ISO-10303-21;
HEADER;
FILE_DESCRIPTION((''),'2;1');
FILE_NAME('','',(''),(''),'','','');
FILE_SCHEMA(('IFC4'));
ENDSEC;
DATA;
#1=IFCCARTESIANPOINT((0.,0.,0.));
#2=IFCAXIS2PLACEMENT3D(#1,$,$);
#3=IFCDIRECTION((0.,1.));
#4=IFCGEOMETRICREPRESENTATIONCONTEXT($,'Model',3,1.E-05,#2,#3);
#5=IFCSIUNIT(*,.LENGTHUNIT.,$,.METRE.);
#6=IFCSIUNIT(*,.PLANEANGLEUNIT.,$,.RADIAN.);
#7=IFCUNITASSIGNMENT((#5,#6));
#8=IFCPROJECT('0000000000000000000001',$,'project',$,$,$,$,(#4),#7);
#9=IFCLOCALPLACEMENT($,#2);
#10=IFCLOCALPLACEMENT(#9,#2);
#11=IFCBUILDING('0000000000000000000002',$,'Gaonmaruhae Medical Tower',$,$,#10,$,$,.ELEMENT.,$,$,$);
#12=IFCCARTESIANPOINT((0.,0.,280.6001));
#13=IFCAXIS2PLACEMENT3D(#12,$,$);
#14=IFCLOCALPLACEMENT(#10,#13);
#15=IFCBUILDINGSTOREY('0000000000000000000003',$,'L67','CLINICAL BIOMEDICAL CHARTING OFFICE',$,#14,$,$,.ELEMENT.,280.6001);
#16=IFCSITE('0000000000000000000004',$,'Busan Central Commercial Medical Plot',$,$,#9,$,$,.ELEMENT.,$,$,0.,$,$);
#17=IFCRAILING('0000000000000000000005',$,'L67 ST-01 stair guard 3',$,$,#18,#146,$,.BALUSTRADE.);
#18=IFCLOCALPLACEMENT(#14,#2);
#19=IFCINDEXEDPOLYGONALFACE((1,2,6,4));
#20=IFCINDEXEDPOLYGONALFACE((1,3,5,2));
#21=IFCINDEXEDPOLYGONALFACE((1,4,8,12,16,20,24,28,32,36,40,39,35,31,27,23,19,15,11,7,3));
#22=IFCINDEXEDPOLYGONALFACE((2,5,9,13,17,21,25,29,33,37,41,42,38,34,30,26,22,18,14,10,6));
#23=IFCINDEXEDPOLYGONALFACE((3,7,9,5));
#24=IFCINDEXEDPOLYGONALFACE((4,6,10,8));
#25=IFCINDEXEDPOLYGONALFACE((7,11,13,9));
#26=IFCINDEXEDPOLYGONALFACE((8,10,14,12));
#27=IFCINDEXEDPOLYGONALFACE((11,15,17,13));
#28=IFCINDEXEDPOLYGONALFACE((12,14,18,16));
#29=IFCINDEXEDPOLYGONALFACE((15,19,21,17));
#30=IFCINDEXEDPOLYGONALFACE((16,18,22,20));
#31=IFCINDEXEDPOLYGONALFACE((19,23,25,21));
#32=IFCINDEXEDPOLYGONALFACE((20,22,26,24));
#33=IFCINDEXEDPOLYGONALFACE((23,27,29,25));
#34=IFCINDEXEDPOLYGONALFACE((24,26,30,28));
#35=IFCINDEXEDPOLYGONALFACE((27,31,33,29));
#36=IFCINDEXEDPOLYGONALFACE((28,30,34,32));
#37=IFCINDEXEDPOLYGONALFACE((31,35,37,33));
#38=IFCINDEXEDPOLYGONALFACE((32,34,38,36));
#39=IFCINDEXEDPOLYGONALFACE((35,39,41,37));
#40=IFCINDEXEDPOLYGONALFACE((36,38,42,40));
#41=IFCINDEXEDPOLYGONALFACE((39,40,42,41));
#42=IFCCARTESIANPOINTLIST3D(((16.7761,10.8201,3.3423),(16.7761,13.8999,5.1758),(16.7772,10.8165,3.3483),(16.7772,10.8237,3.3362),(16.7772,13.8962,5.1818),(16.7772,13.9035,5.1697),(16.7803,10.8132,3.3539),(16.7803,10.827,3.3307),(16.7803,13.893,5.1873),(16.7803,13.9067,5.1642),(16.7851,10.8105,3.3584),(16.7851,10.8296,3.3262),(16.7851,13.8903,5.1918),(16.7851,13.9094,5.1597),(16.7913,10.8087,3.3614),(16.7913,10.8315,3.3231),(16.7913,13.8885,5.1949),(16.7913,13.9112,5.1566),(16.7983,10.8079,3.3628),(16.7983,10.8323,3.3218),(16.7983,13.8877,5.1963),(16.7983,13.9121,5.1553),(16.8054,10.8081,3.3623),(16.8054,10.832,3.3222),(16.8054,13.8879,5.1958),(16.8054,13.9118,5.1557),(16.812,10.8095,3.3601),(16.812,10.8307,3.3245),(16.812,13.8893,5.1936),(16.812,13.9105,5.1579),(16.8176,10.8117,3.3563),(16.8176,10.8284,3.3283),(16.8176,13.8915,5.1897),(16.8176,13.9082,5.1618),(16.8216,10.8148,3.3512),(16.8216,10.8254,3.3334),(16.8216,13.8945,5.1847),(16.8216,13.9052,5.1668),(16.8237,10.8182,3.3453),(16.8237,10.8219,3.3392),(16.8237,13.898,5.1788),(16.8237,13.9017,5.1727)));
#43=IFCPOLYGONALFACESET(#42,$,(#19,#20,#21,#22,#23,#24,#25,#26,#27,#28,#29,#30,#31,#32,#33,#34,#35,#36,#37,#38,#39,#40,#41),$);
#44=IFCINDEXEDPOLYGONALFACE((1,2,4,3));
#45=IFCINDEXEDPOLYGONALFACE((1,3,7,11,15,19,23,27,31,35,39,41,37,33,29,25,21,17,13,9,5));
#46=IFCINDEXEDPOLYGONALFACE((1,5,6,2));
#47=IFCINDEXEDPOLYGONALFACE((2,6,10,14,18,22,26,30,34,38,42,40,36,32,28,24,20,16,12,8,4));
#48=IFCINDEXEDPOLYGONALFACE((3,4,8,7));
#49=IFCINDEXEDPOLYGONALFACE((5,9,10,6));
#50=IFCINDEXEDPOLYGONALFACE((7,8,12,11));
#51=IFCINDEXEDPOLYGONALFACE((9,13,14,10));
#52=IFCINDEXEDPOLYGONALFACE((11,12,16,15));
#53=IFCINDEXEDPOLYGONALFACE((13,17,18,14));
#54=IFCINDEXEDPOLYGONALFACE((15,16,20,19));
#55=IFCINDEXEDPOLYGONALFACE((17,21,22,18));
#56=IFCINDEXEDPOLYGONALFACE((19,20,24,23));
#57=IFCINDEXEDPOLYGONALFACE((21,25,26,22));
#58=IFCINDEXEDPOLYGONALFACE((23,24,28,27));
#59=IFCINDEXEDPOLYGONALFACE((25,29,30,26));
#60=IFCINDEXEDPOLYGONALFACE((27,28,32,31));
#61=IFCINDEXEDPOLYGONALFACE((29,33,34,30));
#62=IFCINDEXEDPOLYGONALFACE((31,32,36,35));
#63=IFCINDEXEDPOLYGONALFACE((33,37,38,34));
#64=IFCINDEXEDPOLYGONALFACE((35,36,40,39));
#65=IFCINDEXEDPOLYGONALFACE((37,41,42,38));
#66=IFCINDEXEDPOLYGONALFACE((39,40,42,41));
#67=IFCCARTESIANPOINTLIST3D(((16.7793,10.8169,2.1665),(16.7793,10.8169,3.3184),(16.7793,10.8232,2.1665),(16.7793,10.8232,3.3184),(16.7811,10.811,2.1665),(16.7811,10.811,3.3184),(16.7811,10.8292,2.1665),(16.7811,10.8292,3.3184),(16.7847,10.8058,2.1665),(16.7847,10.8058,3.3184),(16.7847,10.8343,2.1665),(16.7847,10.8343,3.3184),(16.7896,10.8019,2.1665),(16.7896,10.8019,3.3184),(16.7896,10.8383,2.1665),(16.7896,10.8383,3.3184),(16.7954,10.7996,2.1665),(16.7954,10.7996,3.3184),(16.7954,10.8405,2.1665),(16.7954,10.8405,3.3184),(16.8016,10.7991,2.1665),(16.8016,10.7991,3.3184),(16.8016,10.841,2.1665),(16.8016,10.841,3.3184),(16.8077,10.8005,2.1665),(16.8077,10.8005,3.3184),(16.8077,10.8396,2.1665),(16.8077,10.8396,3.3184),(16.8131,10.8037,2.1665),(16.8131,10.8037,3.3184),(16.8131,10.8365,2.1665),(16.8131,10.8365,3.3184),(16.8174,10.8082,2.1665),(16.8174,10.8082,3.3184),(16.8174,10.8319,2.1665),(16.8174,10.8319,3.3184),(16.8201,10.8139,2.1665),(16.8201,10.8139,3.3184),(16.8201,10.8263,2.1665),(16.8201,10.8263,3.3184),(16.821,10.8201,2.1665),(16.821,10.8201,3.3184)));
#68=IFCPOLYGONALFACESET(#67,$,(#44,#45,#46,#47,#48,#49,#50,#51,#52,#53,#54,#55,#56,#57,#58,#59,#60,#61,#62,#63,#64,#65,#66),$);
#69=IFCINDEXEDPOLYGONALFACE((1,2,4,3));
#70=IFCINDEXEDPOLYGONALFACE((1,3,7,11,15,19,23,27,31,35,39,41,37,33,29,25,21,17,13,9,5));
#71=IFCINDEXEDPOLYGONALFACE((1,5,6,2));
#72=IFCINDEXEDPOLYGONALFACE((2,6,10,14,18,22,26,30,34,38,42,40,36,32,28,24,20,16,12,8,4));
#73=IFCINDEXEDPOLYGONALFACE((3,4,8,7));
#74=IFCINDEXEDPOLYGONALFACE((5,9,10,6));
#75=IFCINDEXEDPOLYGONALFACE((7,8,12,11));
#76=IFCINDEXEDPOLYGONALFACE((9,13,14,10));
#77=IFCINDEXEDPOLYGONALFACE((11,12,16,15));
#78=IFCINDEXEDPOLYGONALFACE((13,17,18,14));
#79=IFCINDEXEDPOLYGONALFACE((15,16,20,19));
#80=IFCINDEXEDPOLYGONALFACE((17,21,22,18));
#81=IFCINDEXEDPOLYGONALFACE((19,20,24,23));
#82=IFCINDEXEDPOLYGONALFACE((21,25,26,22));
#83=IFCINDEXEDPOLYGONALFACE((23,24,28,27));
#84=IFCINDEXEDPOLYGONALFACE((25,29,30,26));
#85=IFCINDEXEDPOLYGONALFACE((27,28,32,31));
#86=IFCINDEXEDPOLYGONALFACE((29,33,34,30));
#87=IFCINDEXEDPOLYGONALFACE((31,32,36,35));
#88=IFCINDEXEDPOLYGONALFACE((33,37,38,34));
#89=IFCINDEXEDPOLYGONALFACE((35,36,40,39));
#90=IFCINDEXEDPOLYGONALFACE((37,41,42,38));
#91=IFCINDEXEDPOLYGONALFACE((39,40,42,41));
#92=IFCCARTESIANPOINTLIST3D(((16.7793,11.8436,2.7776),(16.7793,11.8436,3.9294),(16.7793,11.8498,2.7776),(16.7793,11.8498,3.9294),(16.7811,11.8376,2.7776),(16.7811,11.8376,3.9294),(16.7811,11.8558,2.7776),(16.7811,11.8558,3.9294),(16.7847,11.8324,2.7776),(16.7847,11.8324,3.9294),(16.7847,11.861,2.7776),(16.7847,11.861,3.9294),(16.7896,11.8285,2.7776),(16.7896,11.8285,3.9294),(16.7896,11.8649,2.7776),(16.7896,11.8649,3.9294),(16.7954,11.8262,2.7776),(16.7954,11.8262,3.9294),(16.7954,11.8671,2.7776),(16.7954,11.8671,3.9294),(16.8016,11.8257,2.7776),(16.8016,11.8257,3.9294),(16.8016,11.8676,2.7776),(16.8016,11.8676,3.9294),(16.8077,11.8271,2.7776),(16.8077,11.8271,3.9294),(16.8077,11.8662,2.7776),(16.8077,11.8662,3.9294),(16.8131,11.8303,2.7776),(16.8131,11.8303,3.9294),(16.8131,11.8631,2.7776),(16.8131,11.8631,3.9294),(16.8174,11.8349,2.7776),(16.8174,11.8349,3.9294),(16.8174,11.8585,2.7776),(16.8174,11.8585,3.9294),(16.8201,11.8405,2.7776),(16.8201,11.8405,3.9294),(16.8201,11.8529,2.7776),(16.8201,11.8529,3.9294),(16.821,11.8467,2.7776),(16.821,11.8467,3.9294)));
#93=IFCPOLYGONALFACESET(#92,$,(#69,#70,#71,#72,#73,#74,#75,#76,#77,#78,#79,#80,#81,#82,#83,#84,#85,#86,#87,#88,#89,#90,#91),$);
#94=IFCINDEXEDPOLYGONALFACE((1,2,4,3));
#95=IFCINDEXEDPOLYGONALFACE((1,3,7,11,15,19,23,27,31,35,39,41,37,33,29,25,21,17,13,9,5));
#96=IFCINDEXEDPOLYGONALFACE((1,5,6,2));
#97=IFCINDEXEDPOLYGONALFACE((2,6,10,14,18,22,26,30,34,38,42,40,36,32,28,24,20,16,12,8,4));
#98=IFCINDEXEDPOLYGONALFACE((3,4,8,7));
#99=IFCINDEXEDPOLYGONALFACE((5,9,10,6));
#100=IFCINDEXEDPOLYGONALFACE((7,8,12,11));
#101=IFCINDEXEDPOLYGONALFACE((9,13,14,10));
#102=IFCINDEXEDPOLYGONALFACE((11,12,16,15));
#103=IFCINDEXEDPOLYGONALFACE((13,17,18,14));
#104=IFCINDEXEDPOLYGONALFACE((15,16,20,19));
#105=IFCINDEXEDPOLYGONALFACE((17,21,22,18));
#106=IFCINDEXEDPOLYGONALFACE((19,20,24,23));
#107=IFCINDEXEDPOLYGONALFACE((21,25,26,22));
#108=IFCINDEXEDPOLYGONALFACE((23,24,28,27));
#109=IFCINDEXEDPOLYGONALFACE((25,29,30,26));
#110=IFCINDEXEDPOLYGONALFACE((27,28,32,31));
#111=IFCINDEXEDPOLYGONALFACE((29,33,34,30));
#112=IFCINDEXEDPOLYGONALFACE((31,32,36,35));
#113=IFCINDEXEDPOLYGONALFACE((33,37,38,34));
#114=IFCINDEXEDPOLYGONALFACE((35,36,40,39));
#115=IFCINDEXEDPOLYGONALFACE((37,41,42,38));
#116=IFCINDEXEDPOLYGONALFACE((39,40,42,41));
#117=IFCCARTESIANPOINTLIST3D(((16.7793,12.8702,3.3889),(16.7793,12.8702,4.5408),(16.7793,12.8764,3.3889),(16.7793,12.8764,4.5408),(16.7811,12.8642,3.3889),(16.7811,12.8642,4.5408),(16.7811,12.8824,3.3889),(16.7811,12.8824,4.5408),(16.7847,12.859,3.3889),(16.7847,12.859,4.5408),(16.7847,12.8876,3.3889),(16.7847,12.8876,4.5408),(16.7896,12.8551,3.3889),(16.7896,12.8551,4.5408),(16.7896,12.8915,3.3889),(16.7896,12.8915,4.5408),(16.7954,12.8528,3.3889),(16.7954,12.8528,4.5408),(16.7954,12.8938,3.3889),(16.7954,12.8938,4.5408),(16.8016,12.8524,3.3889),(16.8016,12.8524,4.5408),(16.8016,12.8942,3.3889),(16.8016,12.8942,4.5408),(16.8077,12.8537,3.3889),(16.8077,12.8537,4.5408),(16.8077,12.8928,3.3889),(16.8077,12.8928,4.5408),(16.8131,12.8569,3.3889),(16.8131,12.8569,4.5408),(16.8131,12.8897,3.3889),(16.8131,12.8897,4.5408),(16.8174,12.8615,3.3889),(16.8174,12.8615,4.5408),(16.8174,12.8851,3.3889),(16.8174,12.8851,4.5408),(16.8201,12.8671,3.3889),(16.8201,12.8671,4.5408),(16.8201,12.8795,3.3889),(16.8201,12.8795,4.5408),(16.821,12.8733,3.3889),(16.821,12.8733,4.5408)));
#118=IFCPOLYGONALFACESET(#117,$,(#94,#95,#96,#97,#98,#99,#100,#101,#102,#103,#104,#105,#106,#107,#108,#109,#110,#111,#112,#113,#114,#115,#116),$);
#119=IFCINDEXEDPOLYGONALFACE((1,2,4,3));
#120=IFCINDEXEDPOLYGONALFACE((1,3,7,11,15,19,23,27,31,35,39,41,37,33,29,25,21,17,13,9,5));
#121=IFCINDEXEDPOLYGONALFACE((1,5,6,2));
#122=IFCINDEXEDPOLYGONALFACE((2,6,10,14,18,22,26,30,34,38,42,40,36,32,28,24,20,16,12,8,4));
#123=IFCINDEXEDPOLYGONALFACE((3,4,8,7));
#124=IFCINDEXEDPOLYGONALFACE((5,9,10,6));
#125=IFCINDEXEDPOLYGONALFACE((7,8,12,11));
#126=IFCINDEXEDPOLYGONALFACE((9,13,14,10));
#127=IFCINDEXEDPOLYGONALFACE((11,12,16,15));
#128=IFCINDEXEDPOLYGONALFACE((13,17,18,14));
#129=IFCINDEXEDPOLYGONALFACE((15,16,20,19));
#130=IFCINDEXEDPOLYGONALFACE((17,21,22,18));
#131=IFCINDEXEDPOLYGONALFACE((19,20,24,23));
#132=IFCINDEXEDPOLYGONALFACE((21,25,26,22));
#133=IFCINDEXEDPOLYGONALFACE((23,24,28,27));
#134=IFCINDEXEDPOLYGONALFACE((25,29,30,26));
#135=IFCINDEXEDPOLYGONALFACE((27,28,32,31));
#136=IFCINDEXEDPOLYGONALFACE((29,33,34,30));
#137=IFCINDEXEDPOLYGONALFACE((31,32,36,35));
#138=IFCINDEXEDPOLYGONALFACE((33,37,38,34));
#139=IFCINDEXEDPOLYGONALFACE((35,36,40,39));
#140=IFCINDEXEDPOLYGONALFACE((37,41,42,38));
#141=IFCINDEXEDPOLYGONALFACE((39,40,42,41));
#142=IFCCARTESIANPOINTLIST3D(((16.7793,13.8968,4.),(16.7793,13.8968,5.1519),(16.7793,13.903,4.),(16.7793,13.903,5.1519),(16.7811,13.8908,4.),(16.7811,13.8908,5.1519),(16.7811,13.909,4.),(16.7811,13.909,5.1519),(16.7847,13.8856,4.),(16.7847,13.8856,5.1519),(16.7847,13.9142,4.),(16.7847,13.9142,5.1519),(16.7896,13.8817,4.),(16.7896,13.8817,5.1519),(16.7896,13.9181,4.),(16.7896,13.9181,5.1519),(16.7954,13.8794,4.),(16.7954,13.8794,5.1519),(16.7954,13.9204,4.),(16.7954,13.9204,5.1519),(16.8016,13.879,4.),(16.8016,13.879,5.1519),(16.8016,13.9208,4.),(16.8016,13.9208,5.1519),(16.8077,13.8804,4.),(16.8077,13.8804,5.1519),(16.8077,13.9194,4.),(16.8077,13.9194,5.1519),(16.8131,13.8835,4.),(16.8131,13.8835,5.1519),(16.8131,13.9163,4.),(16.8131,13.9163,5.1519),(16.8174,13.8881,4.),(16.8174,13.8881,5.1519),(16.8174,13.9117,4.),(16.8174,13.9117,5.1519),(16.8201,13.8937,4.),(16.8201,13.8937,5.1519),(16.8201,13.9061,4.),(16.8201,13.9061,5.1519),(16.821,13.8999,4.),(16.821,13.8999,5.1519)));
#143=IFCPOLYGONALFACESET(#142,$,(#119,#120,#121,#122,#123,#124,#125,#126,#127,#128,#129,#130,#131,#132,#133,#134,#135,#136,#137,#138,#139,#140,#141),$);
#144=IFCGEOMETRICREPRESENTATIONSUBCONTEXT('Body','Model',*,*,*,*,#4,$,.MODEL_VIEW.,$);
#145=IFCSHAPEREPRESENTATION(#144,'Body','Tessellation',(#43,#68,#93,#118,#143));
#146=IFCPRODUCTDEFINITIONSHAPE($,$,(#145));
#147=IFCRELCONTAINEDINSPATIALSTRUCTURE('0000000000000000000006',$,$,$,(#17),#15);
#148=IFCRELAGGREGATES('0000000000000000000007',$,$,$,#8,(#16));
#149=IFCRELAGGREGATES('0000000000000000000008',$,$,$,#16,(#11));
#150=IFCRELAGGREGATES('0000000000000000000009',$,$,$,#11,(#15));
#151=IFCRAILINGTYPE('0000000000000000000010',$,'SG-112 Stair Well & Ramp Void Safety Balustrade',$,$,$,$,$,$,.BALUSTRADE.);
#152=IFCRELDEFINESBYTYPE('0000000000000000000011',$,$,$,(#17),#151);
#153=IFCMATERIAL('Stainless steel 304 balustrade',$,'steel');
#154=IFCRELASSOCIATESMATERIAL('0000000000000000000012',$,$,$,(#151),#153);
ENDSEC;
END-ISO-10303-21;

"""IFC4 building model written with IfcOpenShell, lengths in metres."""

from ifc_helpers import new_model, si_unit, direction, frame, origin, origin_2d, place, context, subcontext, project, spatial, circle, extrude, material, type_object, element, save


model = new_model("IFC4")

# Units and contexts
model_context = context("Model", 3, precision=1e-05, world=origin(), true_north=direction((0.0, 1.0)))
body_context = subcontext(model_context, "Body", "Model", "MODEL_VIEW")
ifc_project = project(units=[si_unit("LENGTHUNIT", "METRE"), si_unit("PLANEANGLEUNIT", "RADIAN")], contexts=[model_context])

# Site, building, storey
site_placement = place(None, origin())
site = spatial("IfcSite", under=ifc_project, at=site_placement, Name="Busan Central Commercial Medical Plot", CompositionType="ELEMENT", RefElevation=0.0)
building_placement = place(site_placement, origin())
building = spatial("IfcBuilding", under=site, at=building_placement, Name="Gaonmaruhae Medical Tower", CompositionType="ELEMENT")
storey_placement = place(building_placement, frame((0.0, 0.0, 280.6001)))
storey = spatial("IfcBuildingStorey", under=building, at=storey_placement, Name="L67", Description="CLINICAL BIOMEDICAL CHARTING OFFICE", CompositionType="ELEMENT", Elevation=280.6001)

# Railing
ifc_material_1 = material(Name="Stainless steel 304 balustrade", Category="steel")
railing_type_1 = type_object("IfcRailingType", Name="SG-112 Stair Well & Ramp Void Safety Balustrade", PredefinedType="BALUSTRADE", material=ifc_material_1)
railing_1_placement = place(storey_placement, frame((16.8, 10.8201, 2.1665)))
element("IfcRailing", 1, at=railing_1_placement, inside=storey, type_object=railing_type_1, Name="L67 ST-01 stair guard 3", PredefinedType="BALUSTRADE", context=body_context, shape_type="SweptSolid", body=[
    extrude(circle(Radius=0.0239, at=origin_2d()), frame((0.0, 0.0, 1.1758), z_axis=(0.0, 0.859261, 0.511538), x_axis=(-1.0, 0.0, 0.0)), (0.0, 0.0, 1.0), 3.5842),
    extrude(circle(Radius=0.021, at=origin_2d()), origin(), (0.0, 0.0, 1.0), 1.1519),
    extrude(circle(Radius=0.021, at=origin_2d()), frame((0.0, 1.0266, 0.6111)), (0.0, 0.0, 1.0), 1.1519),
    extrude(circle(Radius=0.021, at=origin_2d()), frame((0.0, 2.0532, 1.2224)), (0.0, 0.0, 1.0), 1.1519),
    extrude(circle(Radius=0.021, at=origin_2d()), frame((0.0, 3.0798, 1.8335)), (0.0, 0.0, 1.0), 1.1519),
])

save(model, "model.ifc")
